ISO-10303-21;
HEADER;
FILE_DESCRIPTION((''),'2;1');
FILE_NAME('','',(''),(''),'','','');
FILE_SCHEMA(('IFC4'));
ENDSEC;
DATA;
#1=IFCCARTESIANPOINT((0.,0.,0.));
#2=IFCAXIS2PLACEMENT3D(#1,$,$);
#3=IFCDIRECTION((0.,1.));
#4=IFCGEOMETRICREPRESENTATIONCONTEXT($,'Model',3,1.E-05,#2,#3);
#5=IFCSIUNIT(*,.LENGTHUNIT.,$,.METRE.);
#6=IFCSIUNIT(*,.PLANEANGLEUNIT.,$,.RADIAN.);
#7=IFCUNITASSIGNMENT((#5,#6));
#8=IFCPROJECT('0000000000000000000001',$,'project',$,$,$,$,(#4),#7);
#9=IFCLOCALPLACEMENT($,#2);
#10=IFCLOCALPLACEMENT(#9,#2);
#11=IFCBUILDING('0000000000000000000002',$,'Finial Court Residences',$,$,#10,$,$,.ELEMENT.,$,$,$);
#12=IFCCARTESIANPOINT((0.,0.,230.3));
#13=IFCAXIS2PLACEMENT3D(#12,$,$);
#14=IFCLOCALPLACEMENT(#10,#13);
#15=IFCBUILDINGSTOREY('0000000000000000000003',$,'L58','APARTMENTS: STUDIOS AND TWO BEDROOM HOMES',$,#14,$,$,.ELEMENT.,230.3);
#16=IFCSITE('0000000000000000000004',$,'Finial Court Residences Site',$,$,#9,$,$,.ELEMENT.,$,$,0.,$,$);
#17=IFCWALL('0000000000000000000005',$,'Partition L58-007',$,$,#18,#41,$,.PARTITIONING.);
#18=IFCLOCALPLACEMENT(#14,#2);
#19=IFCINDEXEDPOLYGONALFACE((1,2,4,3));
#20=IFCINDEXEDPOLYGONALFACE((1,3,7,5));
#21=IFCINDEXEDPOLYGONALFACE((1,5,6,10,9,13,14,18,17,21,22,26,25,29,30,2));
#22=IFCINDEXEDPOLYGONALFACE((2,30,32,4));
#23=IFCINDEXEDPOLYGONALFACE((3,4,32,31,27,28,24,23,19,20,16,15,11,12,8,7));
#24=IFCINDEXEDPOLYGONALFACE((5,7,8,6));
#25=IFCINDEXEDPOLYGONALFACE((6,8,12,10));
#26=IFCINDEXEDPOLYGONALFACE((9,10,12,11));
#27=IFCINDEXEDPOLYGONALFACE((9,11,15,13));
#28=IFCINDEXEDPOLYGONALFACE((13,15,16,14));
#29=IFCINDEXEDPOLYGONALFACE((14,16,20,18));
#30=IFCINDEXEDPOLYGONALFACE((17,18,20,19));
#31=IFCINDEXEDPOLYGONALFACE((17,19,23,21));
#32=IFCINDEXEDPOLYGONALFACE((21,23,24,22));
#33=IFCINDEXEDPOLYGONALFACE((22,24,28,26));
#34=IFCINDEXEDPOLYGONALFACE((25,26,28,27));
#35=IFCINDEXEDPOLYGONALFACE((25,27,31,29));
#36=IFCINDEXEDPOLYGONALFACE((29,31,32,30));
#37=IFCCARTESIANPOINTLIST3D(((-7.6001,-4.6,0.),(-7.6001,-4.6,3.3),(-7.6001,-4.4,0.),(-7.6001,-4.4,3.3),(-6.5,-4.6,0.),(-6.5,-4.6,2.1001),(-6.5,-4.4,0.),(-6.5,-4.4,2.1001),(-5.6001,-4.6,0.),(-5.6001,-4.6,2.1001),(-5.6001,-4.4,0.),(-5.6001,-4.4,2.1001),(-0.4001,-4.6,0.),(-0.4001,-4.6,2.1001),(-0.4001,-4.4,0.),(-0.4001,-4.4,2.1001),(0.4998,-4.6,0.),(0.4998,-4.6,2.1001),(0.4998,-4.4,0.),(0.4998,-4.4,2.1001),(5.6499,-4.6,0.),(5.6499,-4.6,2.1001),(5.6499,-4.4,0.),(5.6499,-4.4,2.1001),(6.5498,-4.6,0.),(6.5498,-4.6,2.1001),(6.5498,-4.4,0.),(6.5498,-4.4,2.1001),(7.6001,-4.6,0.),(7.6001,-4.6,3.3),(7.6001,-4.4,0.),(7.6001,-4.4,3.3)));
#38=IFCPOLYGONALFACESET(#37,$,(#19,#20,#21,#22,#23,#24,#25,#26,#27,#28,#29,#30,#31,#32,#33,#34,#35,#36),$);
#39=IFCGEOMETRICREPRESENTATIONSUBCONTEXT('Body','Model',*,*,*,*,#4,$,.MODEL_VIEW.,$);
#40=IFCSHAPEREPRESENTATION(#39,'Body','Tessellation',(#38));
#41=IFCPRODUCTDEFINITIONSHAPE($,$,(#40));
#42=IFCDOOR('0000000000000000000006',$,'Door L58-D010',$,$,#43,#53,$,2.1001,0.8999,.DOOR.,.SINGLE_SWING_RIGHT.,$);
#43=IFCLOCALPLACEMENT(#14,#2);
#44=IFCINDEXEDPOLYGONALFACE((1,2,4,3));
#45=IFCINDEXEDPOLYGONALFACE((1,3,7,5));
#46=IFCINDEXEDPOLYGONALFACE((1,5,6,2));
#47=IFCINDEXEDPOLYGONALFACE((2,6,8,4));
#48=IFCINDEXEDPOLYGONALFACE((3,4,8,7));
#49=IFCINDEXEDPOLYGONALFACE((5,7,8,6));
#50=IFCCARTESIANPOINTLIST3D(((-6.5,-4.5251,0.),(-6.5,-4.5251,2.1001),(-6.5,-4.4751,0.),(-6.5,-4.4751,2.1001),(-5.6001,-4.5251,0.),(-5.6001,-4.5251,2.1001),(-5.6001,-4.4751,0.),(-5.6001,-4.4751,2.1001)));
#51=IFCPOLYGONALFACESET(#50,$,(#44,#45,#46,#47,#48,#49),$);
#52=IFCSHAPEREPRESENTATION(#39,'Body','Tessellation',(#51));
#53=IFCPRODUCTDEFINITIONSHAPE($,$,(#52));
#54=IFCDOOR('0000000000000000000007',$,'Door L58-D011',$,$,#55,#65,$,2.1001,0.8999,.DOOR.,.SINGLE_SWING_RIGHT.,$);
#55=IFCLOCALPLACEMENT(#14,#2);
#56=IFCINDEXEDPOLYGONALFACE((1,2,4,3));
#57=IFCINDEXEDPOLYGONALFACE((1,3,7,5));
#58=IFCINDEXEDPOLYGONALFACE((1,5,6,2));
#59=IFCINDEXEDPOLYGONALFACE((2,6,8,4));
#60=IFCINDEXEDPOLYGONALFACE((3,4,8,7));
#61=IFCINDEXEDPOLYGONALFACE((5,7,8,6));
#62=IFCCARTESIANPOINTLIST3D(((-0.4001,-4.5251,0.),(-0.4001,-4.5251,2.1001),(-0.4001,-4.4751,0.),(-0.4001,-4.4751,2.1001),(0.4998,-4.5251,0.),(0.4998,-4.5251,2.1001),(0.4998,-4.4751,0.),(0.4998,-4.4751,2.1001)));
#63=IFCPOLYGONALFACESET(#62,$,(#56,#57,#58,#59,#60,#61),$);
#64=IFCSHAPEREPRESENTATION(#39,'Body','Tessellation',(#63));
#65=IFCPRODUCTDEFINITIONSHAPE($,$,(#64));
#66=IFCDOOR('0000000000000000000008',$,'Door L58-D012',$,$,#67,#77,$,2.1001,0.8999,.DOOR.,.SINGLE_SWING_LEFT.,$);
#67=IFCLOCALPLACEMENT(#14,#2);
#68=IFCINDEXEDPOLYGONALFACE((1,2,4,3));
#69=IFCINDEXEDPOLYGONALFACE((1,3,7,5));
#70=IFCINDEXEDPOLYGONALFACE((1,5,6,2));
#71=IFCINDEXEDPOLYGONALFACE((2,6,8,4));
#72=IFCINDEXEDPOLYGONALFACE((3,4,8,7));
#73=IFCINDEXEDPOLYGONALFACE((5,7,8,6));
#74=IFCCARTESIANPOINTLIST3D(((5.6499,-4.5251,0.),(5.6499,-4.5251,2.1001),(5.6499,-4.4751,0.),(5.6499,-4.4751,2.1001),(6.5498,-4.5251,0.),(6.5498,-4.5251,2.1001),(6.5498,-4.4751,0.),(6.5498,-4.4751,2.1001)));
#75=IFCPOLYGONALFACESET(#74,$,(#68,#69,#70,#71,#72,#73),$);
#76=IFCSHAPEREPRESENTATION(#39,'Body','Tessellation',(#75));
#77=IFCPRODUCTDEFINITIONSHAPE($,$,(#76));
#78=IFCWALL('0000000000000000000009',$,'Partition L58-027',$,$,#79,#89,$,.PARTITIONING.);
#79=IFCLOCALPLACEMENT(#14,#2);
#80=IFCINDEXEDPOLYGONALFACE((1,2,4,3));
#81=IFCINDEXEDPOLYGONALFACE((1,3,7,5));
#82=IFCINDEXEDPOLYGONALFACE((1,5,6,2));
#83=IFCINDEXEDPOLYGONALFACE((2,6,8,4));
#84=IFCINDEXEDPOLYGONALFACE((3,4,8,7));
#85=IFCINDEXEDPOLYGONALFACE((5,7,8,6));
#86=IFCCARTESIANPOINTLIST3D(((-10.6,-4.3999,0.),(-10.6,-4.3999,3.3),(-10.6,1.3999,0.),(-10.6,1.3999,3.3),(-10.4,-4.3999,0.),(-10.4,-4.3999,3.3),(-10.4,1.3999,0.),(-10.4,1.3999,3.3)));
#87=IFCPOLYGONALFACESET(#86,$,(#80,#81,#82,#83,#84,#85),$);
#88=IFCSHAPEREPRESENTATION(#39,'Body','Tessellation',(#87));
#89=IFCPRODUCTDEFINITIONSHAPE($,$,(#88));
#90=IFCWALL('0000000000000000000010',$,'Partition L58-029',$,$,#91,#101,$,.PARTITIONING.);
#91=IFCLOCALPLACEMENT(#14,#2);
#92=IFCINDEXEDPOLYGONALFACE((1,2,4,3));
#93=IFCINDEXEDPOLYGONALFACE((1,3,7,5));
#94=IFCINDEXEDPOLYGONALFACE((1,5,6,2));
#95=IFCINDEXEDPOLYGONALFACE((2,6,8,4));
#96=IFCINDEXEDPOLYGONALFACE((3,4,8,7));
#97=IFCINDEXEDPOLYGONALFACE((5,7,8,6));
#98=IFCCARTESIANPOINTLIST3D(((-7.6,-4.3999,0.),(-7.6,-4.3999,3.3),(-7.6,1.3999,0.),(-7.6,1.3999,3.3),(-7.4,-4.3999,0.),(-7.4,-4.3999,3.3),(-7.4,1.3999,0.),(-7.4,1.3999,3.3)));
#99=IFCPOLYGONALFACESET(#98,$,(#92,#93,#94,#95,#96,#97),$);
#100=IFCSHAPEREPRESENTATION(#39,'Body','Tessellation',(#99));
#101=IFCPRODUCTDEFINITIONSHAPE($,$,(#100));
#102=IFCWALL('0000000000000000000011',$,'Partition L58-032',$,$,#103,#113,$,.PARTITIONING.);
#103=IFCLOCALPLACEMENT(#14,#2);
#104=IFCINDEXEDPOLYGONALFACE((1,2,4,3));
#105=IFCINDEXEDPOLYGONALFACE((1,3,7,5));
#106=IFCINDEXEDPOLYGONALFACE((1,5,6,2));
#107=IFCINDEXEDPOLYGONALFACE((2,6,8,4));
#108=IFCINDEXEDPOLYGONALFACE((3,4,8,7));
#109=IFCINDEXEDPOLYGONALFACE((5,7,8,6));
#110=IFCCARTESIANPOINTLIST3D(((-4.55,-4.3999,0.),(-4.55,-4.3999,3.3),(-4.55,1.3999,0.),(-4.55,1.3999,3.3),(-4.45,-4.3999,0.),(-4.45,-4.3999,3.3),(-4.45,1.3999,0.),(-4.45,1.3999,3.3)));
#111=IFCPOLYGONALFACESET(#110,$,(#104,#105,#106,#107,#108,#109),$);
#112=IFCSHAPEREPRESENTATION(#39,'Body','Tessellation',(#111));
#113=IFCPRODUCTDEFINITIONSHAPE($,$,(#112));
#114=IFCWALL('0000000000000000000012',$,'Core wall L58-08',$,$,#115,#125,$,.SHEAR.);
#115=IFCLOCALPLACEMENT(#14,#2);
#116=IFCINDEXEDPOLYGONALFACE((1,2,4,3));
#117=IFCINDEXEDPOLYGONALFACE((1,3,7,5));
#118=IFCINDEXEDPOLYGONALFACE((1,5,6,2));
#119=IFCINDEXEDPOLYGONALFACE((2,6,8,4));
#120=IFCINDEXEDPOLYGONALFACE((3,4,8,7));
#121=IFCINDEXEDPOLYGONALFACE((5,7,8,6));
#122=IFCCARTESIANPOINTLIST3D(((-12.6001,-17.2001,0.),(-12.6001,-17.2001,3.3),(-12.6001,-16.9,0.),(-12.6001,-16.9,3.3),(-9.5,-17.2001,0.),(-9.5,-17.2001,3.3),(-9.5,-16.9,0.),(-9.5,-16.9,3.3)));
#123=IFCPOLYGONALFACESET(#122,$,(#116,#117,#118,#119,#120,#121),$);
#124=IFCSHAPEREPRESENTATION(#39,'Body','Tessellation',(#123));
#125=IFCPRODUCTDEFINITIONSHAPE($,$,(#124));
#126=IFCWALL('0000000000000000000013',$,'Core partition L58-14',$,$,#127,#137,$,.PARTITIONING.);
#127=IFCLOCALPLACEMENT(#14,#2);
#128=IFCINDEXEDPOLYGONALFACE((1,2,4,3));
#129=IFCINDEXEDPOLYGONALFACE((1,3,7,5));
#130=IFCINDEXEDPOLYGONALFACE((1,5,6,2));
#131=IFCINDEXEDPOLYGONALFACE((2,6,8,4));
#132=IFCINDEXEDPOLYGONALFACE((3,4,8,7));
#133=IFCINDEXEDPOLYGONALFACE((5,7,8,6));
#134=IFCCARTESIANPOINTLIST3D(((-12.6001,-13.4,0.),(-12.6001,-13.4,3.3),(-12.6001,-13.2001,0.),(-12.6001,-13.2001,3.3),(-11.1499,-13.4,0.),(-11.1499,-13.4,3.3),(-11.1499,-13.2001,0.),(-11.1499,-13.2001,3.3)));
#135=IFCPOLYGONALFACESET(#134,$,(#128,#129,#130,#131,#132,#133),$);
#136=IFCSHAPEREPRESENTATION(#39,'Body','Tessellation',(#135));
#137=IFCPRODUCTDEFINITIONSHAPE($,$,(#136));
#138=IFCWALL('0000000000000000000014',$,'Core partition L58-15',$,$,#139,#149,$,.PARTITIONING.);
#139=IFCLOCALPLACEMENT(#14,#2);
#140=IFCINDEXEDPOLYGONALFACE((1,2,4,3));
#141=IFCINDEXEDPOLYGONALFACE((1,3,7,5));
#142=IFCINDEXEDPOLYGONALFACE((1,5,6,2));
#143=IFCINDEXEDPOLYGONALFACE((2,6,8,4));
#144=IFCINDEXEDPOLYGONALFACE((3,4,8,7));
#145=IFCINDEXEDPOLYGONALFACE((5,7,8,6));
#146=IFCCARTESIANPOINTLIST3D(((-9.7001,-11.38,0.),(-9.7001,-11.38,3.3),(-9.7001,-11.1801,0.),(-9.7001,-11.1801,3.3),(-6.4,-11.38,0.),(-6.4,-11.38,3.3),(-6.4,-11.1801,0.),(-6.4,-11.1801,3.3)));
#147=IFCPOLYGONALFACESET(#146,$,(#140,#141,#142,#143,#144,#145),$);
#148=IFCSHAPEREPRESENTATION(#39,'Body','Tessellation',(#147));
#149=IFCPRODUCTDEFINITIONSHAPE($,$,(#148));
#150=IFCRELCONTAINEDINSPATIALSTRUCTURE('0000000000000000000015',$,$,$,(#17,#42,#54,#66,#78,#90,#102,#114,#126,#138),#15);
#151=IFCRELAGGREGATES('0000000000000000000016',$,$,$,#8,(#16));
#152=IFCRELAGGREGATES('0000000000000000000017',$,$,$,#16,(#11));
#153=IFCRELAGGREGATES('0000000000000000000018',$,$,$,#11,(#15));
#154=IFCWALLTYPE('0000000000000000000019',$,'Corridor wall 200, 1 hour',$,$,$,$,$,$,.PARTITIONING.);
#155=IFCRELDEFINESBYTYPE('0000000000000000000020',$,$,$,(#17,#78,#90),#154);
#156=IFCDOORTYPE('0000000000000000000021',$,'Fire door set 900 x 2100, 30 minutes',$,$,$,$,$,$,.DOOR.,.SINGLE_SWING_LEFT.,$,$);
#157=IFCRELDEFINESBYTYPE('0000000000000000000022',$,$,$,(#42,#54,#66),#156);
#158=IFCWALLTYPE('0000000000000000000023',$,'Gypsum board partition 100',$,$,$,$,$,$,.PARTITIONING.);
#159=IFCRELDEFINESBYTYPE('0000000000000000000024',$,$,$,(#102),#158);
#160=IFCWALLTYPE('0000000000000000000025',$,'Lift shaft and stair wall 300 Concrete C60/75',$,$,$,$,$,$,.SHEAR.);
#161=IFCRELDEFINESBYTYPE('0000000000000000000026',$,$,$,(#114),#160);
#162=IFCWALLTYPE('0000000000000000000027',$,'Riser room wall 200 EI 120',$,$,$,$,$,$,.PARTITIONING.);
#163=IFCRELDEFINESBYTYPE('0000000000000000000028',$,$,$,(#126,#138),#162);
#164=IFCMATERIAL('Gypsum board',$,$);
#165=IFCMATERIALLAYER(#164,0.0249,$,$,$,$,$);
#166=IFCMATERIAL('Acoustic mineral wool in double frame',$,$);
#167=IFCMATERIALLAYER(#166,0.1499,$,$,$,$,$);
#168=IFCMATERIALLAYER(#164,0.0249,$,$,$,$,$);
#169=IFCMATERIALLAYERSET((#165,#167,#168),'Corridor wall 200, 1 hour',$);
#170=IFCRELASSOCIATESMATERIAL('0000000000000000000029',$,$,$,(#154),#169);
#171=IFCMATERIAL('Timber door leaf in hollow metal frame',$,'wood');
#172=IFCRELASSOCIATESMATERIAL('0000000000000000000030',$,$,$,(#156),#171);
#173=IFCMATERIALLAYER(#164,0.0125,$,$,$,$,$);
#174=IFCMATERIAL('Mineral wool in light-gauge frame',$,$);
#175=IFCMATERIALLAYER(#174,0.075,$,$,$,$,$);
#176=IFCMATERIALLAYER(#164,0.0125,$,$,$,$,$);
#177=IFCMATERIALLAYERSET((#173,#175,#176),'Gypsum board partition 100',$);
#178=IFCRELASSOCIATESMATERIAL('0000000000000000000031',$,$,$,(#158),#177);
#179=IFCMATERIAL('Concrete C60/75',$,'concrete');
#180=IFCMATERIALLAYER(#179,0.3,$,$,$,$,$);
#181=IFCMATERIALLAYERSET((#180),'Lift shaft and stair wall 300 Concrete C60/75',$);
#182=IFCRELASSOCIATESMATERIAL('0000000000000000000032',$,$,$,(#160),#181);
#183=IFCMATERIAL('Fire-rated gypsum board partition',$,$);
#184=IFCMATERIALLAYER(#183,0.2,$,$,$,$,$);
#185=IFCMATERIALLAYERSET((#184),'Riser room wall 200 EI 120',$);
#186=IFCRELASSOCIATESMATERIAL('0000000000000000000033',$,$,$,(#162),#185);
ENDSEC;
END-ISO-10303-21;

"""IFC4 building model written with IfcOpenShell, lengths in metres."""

from ifc_helpers import new_model, si_unit, direction, frame, frame_2d, origin, place, context, subcontext, project, spatial, rectangle, extrude, material, layer, layer_set, type_object, element, fill, save


model = new_model("IFC4")

# Units and contexts
model_context = context("Model", 3, precision=1e-05, world=origin(), true_north=direction((0.0, 1.0)))
body_context = subcontext(model_context, "Body", "Model", "MODEL_VIEW")
ifc_project = project(units=[si_unit("LENGTHUNIT", "METRE"), si_unit("PLANEANGLEUNIT", "RADIAN")], contexts=[model_context])

# Site, building, storey
site_placement = place(None, origin())
site = spatial("IfcSite", under=ifc_project, at=site_placement, Name="Finial Court Residences Site", CompositionType="ELEMENT", RefElevation=0.0)
building_placement = place(site_placement, origin())
building = spatial("IfcBuilding", under=site, at=building_placement, Name="Finial Court Residences", CompositionType="ELEMENT")
storey_placement = place(building_placement, frame((0.0, 0.0, 230.3)))
storey = spatial("IfcBuildingStorey", under=building, at=storey_placement, Name="L58", Description="APARTMENTS: STUDIOS AND TWO BEDROOM HOMES", CompositionType="ELEMENT", Elevation=230.3)

# Shared definitions
ifc_material_1 = material(Name="Concrete C60/75", Category="concrete")

# Shared definitions
ifc_material_2 = material(Name="Fire-rated gypsum board partition")

# Wall, openings, doors
ifc_material_3 = material(Name="Gypsum board")
ifc_layer_1 = layer(ifc_material_3, 0.0249)
ifc_material_4 = material(Name="Acoustic mineral wool in double frame")
ifc_layer_2 = layer(ifc_material_4, 0.1499)
ifc_layer_3 = layer(ifc_material_3, 0.0249)
ifc_layer_set_1 = layer_set([ifc_layer_1, ifc_layer_2, ifc_layer_3], Name="Corridor wall 200, 1 hour")
wall_type_1 = type_object("IfcWallType", Name="Corridor wall 200, 1 hour", PredefinedType="PARTITIONING", material=ifc_layer_set_1)
wall_1_placement = place(storey_placement, frame((-7.6001, -4.5, 0.0), z_axis=(0.0, 0.0, 1.0), x_axis=(1.0, 0.0, 0.0)))
wall_1 = element("IfcWall", 1, at=wall_1_placement, inside=storey, type_object=wall_type_1, Name="Partition L58-007", PredefinedType="PARTITIONING", context=body_context, shape_type="SweptSolid", body=[
    extrude(rectangle(XDim=15.2002, YDim=0.2, at=frame_2d((7.6001, 0.0))), origin(), (0.0, 0.0, 1.0), 3.3),
])
opening_1_placement = place(wall_1_placement, frame((1.1001, 0.0, 0.0)))
opening_1 = element("IfcOpeningElement", 2, at=opening_1_placement, cuts=wall_1, PredefinedType="OPENING", context=body_context, shape_type="SweptSolid", body=[
    extrude(rectangle(XDim=0.8999, YDim=2.1001, at=frame_2d((0.45, 1.05))), frame((0.0, 0.1099, 0.0), z_axis=(0.0, -1.0, 0.0), x_axis=(1.0, 0.0, 0.0)), (0.0, 0.0, 1.0), 0.22),
])
opening_2_placement = place(wall_1_placement, frame((7.2, 0.0, 0.0)))
opening_2 = element("IfcOpeningElement", 3, at=opening_2_placement, cuts=wall_1, PredefinedType="OPENING", context=body_context, shape_type="SweptSolid", body=[
    extrude(rectangle(XDim=0.8999, YDim=2.1001, at=frame_2d((0.45, 1.05))), frame((0.0, 0.1099, 0.0), z_axis=(0.0, -1.0, 0.0), x_axis=(1.0, 0.0, 0.0)), (0.0, 0.0, 1.0), 0.22),
])
opening_3_placement = place(wall_1_placement, frame((13.25, 0.0, 0.0)))
opening_3 = element("IfcOpeningElement", 4, at=opening_3_placement, cuts=wall_1, PredefinedType="OPENING", context=body_context, shape_type="SweptSolid", body=[
    extrude(rectangle(XDim=0.8999, YDim=2.1001, at=frame_2d((0.45, 1.05))), frame((0.0, 0.1099, 0.0), z_axis=(0.0, -1.0, 0.0), x_axis=(1.0, 0.0, 0.0)), (0.0, 0.0, 1.0), 0.22),
])
ifc_material_5 = material(Name="Timber door leaf in hollow metal frame", Category="wood")
door_type_1 = type_object("IfcDoorType", Name="Fire door set 900 x 2100, 30 minutes", OperationType="SINGLE_SWING_LEFT", PredefinedType="DOOR", material=ifc_material_5)
door_1_placement = place(opening_1_placement, origin())
door_1 = element("IfcDoor", 5, at=door_1_placement, inside=storey, type_object=door_type_1, Name="Door L58-D010", OperationType="SINGLE_SWING_RIGHT", OverallHeight=2.1001, OverallWidth=0.8999, PredefinedType="DOOR", context=body_context, shape_type="SweptSolid", body=[
    extrude(rectangle(XDim=0.8999, YDim=2.1001, at=frame_2d((0.45, 1.05))), frame((0.0, 0.0249, 0.0), z_axis=(0.0, -1.0, 0.0), x_axis=(1.0, 0.0, 0.0)), (0.0, 0.0, 1.0), 0.05),
])
fill(opening_1, door_1)
door_2_placement = place(opening_2_placement, origin())
door_2 = element("IfcDoor", 6, at=door_2_placement, inside=storey, type_object=door_type_1, Name="Door L58-D011", OperationType="SINGLE_SWING_RIGHT", OverallHeight=2.1001, OverallWidth=0.8999, PredefinedType="DOOR", context=body_context, shape_type="SweptSolid", body=[
    extrude(rectangle(XDim=0.8999, YDim=2.1001, at=frame_2d((0.45, 1.05))), frame((0.0, 0.0249, 0.0), z_axis=(0.0, -1.0, 0.0), x_axis=(1.0, 0.0, 0.0)), (0.0, 0.0, 1.0), 0.05),
])
fill(opening_2, door_2)
door_3_placement = place(opening_3_placement, origin())
door_3 = element("IfcDoor", 7, at=door_3_placement, inside=storey, type_object=door_type_1, Name="Door L58-D012", OperationType="SINGLE_SWING_LEFT", OverallHeight=2.1001, OverallWidth=0.8999, PredefinedType="DOOR", context=body_context, shape_type="SweptSolid", body=[
    extrude(rectangle(XDim=0.8999, YDim=2.1001, at=frame_2d((0.45, 1.05))), frame((0.0, 0.0249, 0.0), z_axis=(0.0, -1.0, 0.0), x_axis=(1.0, 0.0, 0.0)), (0.0, 0.0, 1.0), 0.05),
])
fill(opening_3, door_3)

# Walls
for number, where, z_axis, x_axis, name in (
    (8, (-10.5, -4.3999, 0.0), (0.0, 0.0, 1.0), (0.0, 1.0, 0.0), "Partition L58-027"),
    (9, (-7.5, -4.3999, 0.0), (0.0, 0.0, 1.0), (0.0, 1.0, 0.0), "Partition L58-029"),
):
    element("IfcWall", number, at=place(storey_placement, frame(where, z_axis=z_axis, x_axis=x_axis)), inside=storey, type_object=wall_type_1, Name=name, PredefinedType="PARTITIONING", context=body_context, shape_type="SweptSolid", body=[
        extrude(rectangle(XDim=5.7998, YDim=0.2, at=frame_2d((2.8999, 0.0))), origin(), (0.0, 0.0, 1.0), 3.3),
    ])
ifc_layer_4 = layer(ifc_material_3, 0.0125)
ifc_material_6 = material(Name="Mineral wool in light-gauge frame")
ifc_layer_5 = layer(ifc_material_6, 0.075)
ifc_layer_6 = layer(ifc_material_3, 0.0125)
ifc_layer_set_2 = layer_set([ifc_layer_4, ifc_layer_5, ifc_layer_6], Name="Gypsum board partition 100")
wall_type_2 = type_object("IfcWallType", Name="Gypsum board partition 100", PredefinedType="PARTITIONING", material=ifc_layer_set_2)
wall_2_placement = place(storey_placement, frame((-4.5, -4.3999, 0.0), z_axis=(0.0, 0.0, 1.0), x_axis=(0.0, 1.0, 0.0)))
element("IfcWall", 10, at=wall_2_placement, inside=storey, type_object=wall_type_2, Name="Partition L58-032", PredefinedType="PARTITIONING", context=body_context, shape_type="SweptSolid", body=[
    extrude(rectangle(XDim=5.7998, YDim=0.1001, at=frame_2d((2.8999, 0.0))), origin(), (0.0, 0.0, 1.0), 3.3),
])
ifc_layer_7 = layer(ifc_material_1, 0.3)
ifc_layer_set_3 = layer_set([ifc_layer_7], Name="Lift shaft and stair wall 300 Concrete C60/75")
wall_type_3 = type_object("IfcWallType", Name="Lift shaft and stair wall 300 Concrete C60/75", PredefinedType="SHEAR", material=ifc_layer_set_3)
wall_3_placement = place(storey_placement, frame((-12.6001, -17.05, 0.0), z_axis=(0.0, 0.0, 1.0), x_axis=(1.0, 0.0, 0.0)))
element("IfcWall", 11, at=wall_3_placement, inside=storey, type_object=wall_type_3, Name="Core wall L58-08", PredefinedType="SHEAR", context=body_context, shape_type="SweptSolid", body=[
    extrude(rectangle(XDim=3.1001, YDim=0.3, at=frame_2d((1.55, 0.0))), origin(), (0.0, 0.0, 1.0), 3.3),
])
ifc_layer_8 = layer(ifc_material_2, 0.2)
ifc_layer_set_4 = layer_set([ifc_layer_8], Name="Riser room wall 200 EI 120")
wall_type_4 = type_object("IfcWallType", Name="Riser room wall 200 EI 120", PredefinedType="PARTITIONING", material=ifc_layer_set_4)
wall_4_placement = place(storey_placement, frame((-12.6001, -13.3, 0.0), z_axis=(0.0, 0.0, 1.0), x_axis=(1.0, 0.0, 0.0)))
element("IfcWall", 12, at=wall_4_placement, inside=storey, type_object=wall_type_4, Name="Core partition L58-14", PredefinedType="PARTITIONING", context=body_context, shape_type="SweptSolid", body=[
    extrude(rectangle(XDim=1.4502, YDim=0.2, at=frame_2d((0.7251, 0.0))), origin(), (0.0, 0.0, 1.0), 3.3),
])
wall_5_placement = place(storey_placement, frame((-9.7, -11.28, 0.0), z_axis=(0.0, 0.0, 1.0), x_axis=(1.0, 0.0, 0.0)))
element("IfcWall", 13, at=wall_5_placement, inside=storey, type_object=wall_type_4, Name="Core partition L58-15", PredefinedType="PARTITIONING", context=body_context, shape_type="SweptSolid", body=[
    extrude(rectangle(XDim=3.3, YDim=0.2, at=frame_2d((1.6499, 0.0))), origin(), (0.0, 0.0, 1.0), 3.3),
])

save(model, "model.ifc")
